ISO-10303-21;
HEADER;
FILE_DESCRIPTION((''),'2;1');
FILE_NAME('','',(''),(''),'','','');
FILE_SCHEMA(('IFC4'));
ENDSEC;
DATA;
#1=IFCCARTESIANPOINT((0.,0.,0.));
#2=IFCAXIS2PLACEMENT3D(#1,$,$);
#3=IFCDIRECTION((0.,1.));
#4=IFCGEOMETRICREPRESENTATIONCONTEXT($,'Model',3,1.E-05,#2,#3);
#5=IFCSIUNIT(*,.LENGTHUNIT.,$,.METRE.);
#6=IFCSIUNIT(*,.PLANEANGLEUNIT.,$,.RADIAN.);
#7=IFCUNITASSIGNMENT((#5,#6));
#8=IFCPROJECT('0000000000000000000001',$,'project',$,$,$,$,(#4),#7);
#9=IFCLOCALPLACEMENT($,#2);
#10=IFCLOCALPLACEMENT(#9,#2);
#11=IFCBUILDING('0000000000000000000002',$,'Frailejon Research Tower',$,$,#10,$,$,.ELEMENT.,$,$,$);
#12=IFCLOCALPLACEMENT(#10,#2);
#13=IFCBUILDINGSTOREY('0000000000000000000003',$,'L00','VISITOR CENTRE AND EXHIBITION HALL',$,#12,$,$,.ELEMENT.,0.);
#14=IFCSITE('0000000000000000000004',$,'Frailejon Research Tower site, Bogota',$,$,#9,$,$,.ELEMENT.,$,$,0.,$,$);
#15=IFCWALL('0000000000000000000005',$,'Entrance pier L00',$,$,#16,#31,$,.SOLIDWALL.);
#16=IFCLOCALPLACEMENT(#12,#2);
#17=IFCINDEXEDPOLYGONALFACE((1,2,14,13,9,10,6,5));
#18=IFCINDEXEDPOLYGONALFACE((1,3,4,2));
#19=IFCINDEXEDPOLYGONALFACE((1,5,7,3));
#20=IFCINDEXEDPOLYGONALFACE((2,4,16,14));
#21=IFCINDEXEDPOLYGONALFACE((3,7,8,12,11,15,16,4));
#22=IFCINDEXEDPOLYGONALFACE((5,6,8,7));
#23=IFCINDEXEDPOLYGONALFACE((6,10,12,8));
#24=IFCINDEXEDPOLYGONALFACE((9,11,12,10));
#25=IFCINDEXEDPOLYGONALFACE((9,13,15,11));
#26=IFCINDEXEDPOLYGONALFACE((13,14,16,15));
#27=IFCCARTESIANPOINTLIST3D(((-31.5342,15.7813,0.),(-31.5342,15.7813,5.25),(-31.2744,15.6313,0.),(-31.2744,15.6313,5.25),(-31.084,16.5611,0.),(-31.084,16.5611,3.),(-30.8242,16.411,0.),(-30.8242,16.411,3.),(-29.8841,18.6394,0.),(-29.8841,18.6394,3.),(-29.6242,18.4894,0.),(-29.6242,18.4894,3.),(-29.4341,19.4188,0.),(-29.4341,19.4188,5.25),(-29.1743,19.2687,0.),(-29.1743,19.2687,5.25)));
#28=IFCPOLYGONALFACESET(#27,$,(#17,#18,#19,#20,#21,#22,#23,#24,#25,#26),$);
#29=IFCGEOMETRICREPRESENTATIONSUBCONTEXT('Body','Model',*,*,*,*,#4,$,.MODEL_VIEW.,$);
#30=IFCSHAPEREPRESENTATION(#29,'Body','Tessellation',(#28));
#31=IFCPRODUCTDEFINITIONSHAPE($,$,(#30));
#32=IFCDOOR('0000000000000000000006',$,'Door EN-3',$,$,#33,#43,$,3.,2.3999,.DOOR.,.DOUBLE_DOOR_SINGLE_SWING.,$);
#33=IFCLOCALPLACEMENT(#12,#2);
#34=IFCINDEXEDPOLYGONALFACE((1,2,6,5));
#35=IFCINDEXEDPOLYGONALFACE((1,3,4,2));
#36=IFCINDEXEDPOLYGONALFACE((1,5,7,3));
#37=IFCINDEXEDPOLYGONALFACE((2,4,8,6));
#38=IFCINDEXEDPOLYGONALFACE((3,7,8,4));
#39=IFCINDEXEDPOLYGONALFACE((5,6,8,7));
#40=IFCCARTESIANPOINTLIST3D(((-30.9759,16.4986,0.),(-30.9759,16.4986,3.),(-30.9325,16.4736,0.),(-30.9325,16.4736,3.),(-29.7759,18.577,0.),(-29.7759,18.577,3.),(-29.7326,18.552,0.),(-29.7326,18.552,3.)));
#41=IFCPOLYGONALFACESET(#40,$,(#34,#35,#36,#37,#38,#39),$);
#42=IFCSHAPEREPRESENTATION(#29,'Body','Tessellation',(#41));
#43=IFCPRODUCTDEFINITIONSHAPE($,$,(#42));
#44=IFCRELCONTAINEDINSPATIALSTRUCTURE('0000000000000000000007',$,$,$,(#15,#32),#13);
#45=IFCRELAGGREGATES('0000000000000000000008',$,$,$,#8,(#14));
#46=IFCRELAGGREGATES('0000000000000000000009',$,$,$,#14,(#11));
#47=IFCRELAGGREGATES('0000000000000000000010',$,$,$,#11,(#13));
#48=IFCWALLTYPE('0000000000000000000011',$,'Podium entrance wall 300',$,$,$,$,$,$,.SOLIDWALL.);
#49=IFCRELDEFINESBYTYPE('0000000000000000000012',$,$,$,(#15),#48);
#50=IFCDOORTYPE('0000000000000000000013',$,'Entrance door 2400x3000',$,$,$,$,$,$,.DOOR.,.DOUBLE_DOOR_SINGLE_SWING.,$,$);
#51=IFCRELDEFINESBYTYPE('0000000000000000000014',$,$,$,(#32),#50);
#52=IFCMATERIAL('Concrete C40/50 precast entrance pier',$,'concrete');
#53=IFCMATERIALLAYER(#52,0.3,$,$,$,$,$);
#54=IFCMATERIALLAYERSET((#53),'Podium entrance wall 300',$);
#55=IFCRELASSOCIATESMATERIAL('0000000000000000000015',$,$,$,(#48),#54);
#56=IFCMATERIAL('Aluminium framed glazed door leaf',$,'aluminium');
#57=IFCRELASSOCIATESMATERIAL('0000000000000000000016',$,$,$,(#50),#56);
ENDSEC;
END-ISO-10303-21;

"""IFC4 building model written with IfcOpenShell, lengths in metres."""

from ifc_helpers import new_model, si_unit, direction, frame, frame_2d, origin, place, context, subcontext, project, spatial, rectangle, extrude, material, layer, layer_set, type_object, element, fill, save


model = new_model("IFC4")

# Units and contexts
model_context = context("Model", 3, precision=1e-05, world=origin(), true_north=direction((0.0, 1.0)))
body_context = subcontext(model_context, "Body", "Model", "MODEL_VIEW")
ifc_project = project(units=[si_unit("LENGTHUNIT", "METRE"), si_unit("PLANEANGLEUNIT", "RADIAN")], contexts=[model_context])

# Site, building, storey
site_placement = place(None, origin())
site = spatial("IfcSite", under=ifc_project, at=site_placement, Name="Frailejon Research Tower site, Bogota", CompositionType="ELEMENT", RefElevation=0.0)
building_placement = place(site_placement, origin())
building = spatial("IfcBuilding", under=site, at=building_placement, Name="Frailejon Research Tower", CompositionType="ELEMENT")
storey_placement = place(building_placement, origin())
storey = spatial("IfcBuildingStorey", under=building, at=storey_placement, Name="L00", Description="VISITOR CENTRE AND EXHIBITION HALL", CompositionType="ELEMENT", Elevation=0.0)

# Wall, opening, door
ifc_material_1 = material(Name="Concrete C40/50 precast entrance pier", Category="concrete")
ifc_layer_1 = layer(ifc_material_1, 0.3)
ifc_layer_set_1 = layer_set([ifc_layer_1], Name="Podium entrance wall 300")
wall_type_1 = type_object("IfcWallType", Name="Podium entrance wall 300", PredefinedType="SOLIDWALL", material=ifc_layer_set_1)
wall_1_placement = place(storey_placement, frame((-29.3042, 19.3438, 0.0), z_axis=(0.0, 0.0, 1.0), x_axis=(-0.500003, -0.866024, 0.0)))
wall_1 = element("IfcWall", 1, at=wall_1_placement, inside=storey, type_object=wall_type_1, Name="Entrance pier L00", PredefinedType="SOLIDWALL", context=body_context, shape_type="SweptSolid", body=[
    extrude(rectangle(XDim=4.2002, YDim=0.3, at=frame_2d((2.1001, 0.0))), origin(), (0.0, 0.0, 1.0), 5.25),
])
opening_1_placement = place(wall_1_placement, frame((0.8999, 0.0, 0.0)))
opening_1 = element("IfcOpeningElement", 2, at=opening_1_placement, cuts=wall_1, PredefinedType="OPENING", context=body_context, shape_type="SweptSolid", body=[
    extrude(rectangle(XDim=2.3999, YDim=3.0, at=frame_2d((1.2, 1.5))), frame((0.0, 0.1599, 0.0), z_axis=(0.0, -1.0, 0.0), x_axis=(1.0, 0.0, 0.0)), (0.0, 0.0, 1.0), 0.3201),
])
ifc_material_2 = material(Name="Aluminium framed glazed door leaf", Category="aluminium")
door_type_1 = type_object("IfcDoorType", Name="Entrance door 2400x3000", OperationType="DOUBLE_DOOR_SINGLE_SWING", PredefinedType="DOOR", material=ifc_material_2)
door_1_placement = place(opening_1_placement, origin())
door_1 = element("IfcDoor", 3, at=door_1_placement, inside=storey, type_object=door_type_1, Name="Door EN-3", OperationType="DOUBLE_DOOR_SINGLE_SWING", OverallHeight=3.0, OverallWidth=2.3999, PredefinedType="DOOR", context=body_context, shape_type="SweptSolid", body=[
    extrude(rectangle(XDim=2.3999, YDim=3.0, at=frame_2d((1.2, 1.5))), frame((0.0, 0.0249, 0.0), z_axis=(0.0, -1.0, 0.0), x_axis=(1.0, 0.0, 0.0)), (0.0, 0.0, 1.0), 0.05),
])
fill(opening_1, door_1)

save(model, "model.ifc")
